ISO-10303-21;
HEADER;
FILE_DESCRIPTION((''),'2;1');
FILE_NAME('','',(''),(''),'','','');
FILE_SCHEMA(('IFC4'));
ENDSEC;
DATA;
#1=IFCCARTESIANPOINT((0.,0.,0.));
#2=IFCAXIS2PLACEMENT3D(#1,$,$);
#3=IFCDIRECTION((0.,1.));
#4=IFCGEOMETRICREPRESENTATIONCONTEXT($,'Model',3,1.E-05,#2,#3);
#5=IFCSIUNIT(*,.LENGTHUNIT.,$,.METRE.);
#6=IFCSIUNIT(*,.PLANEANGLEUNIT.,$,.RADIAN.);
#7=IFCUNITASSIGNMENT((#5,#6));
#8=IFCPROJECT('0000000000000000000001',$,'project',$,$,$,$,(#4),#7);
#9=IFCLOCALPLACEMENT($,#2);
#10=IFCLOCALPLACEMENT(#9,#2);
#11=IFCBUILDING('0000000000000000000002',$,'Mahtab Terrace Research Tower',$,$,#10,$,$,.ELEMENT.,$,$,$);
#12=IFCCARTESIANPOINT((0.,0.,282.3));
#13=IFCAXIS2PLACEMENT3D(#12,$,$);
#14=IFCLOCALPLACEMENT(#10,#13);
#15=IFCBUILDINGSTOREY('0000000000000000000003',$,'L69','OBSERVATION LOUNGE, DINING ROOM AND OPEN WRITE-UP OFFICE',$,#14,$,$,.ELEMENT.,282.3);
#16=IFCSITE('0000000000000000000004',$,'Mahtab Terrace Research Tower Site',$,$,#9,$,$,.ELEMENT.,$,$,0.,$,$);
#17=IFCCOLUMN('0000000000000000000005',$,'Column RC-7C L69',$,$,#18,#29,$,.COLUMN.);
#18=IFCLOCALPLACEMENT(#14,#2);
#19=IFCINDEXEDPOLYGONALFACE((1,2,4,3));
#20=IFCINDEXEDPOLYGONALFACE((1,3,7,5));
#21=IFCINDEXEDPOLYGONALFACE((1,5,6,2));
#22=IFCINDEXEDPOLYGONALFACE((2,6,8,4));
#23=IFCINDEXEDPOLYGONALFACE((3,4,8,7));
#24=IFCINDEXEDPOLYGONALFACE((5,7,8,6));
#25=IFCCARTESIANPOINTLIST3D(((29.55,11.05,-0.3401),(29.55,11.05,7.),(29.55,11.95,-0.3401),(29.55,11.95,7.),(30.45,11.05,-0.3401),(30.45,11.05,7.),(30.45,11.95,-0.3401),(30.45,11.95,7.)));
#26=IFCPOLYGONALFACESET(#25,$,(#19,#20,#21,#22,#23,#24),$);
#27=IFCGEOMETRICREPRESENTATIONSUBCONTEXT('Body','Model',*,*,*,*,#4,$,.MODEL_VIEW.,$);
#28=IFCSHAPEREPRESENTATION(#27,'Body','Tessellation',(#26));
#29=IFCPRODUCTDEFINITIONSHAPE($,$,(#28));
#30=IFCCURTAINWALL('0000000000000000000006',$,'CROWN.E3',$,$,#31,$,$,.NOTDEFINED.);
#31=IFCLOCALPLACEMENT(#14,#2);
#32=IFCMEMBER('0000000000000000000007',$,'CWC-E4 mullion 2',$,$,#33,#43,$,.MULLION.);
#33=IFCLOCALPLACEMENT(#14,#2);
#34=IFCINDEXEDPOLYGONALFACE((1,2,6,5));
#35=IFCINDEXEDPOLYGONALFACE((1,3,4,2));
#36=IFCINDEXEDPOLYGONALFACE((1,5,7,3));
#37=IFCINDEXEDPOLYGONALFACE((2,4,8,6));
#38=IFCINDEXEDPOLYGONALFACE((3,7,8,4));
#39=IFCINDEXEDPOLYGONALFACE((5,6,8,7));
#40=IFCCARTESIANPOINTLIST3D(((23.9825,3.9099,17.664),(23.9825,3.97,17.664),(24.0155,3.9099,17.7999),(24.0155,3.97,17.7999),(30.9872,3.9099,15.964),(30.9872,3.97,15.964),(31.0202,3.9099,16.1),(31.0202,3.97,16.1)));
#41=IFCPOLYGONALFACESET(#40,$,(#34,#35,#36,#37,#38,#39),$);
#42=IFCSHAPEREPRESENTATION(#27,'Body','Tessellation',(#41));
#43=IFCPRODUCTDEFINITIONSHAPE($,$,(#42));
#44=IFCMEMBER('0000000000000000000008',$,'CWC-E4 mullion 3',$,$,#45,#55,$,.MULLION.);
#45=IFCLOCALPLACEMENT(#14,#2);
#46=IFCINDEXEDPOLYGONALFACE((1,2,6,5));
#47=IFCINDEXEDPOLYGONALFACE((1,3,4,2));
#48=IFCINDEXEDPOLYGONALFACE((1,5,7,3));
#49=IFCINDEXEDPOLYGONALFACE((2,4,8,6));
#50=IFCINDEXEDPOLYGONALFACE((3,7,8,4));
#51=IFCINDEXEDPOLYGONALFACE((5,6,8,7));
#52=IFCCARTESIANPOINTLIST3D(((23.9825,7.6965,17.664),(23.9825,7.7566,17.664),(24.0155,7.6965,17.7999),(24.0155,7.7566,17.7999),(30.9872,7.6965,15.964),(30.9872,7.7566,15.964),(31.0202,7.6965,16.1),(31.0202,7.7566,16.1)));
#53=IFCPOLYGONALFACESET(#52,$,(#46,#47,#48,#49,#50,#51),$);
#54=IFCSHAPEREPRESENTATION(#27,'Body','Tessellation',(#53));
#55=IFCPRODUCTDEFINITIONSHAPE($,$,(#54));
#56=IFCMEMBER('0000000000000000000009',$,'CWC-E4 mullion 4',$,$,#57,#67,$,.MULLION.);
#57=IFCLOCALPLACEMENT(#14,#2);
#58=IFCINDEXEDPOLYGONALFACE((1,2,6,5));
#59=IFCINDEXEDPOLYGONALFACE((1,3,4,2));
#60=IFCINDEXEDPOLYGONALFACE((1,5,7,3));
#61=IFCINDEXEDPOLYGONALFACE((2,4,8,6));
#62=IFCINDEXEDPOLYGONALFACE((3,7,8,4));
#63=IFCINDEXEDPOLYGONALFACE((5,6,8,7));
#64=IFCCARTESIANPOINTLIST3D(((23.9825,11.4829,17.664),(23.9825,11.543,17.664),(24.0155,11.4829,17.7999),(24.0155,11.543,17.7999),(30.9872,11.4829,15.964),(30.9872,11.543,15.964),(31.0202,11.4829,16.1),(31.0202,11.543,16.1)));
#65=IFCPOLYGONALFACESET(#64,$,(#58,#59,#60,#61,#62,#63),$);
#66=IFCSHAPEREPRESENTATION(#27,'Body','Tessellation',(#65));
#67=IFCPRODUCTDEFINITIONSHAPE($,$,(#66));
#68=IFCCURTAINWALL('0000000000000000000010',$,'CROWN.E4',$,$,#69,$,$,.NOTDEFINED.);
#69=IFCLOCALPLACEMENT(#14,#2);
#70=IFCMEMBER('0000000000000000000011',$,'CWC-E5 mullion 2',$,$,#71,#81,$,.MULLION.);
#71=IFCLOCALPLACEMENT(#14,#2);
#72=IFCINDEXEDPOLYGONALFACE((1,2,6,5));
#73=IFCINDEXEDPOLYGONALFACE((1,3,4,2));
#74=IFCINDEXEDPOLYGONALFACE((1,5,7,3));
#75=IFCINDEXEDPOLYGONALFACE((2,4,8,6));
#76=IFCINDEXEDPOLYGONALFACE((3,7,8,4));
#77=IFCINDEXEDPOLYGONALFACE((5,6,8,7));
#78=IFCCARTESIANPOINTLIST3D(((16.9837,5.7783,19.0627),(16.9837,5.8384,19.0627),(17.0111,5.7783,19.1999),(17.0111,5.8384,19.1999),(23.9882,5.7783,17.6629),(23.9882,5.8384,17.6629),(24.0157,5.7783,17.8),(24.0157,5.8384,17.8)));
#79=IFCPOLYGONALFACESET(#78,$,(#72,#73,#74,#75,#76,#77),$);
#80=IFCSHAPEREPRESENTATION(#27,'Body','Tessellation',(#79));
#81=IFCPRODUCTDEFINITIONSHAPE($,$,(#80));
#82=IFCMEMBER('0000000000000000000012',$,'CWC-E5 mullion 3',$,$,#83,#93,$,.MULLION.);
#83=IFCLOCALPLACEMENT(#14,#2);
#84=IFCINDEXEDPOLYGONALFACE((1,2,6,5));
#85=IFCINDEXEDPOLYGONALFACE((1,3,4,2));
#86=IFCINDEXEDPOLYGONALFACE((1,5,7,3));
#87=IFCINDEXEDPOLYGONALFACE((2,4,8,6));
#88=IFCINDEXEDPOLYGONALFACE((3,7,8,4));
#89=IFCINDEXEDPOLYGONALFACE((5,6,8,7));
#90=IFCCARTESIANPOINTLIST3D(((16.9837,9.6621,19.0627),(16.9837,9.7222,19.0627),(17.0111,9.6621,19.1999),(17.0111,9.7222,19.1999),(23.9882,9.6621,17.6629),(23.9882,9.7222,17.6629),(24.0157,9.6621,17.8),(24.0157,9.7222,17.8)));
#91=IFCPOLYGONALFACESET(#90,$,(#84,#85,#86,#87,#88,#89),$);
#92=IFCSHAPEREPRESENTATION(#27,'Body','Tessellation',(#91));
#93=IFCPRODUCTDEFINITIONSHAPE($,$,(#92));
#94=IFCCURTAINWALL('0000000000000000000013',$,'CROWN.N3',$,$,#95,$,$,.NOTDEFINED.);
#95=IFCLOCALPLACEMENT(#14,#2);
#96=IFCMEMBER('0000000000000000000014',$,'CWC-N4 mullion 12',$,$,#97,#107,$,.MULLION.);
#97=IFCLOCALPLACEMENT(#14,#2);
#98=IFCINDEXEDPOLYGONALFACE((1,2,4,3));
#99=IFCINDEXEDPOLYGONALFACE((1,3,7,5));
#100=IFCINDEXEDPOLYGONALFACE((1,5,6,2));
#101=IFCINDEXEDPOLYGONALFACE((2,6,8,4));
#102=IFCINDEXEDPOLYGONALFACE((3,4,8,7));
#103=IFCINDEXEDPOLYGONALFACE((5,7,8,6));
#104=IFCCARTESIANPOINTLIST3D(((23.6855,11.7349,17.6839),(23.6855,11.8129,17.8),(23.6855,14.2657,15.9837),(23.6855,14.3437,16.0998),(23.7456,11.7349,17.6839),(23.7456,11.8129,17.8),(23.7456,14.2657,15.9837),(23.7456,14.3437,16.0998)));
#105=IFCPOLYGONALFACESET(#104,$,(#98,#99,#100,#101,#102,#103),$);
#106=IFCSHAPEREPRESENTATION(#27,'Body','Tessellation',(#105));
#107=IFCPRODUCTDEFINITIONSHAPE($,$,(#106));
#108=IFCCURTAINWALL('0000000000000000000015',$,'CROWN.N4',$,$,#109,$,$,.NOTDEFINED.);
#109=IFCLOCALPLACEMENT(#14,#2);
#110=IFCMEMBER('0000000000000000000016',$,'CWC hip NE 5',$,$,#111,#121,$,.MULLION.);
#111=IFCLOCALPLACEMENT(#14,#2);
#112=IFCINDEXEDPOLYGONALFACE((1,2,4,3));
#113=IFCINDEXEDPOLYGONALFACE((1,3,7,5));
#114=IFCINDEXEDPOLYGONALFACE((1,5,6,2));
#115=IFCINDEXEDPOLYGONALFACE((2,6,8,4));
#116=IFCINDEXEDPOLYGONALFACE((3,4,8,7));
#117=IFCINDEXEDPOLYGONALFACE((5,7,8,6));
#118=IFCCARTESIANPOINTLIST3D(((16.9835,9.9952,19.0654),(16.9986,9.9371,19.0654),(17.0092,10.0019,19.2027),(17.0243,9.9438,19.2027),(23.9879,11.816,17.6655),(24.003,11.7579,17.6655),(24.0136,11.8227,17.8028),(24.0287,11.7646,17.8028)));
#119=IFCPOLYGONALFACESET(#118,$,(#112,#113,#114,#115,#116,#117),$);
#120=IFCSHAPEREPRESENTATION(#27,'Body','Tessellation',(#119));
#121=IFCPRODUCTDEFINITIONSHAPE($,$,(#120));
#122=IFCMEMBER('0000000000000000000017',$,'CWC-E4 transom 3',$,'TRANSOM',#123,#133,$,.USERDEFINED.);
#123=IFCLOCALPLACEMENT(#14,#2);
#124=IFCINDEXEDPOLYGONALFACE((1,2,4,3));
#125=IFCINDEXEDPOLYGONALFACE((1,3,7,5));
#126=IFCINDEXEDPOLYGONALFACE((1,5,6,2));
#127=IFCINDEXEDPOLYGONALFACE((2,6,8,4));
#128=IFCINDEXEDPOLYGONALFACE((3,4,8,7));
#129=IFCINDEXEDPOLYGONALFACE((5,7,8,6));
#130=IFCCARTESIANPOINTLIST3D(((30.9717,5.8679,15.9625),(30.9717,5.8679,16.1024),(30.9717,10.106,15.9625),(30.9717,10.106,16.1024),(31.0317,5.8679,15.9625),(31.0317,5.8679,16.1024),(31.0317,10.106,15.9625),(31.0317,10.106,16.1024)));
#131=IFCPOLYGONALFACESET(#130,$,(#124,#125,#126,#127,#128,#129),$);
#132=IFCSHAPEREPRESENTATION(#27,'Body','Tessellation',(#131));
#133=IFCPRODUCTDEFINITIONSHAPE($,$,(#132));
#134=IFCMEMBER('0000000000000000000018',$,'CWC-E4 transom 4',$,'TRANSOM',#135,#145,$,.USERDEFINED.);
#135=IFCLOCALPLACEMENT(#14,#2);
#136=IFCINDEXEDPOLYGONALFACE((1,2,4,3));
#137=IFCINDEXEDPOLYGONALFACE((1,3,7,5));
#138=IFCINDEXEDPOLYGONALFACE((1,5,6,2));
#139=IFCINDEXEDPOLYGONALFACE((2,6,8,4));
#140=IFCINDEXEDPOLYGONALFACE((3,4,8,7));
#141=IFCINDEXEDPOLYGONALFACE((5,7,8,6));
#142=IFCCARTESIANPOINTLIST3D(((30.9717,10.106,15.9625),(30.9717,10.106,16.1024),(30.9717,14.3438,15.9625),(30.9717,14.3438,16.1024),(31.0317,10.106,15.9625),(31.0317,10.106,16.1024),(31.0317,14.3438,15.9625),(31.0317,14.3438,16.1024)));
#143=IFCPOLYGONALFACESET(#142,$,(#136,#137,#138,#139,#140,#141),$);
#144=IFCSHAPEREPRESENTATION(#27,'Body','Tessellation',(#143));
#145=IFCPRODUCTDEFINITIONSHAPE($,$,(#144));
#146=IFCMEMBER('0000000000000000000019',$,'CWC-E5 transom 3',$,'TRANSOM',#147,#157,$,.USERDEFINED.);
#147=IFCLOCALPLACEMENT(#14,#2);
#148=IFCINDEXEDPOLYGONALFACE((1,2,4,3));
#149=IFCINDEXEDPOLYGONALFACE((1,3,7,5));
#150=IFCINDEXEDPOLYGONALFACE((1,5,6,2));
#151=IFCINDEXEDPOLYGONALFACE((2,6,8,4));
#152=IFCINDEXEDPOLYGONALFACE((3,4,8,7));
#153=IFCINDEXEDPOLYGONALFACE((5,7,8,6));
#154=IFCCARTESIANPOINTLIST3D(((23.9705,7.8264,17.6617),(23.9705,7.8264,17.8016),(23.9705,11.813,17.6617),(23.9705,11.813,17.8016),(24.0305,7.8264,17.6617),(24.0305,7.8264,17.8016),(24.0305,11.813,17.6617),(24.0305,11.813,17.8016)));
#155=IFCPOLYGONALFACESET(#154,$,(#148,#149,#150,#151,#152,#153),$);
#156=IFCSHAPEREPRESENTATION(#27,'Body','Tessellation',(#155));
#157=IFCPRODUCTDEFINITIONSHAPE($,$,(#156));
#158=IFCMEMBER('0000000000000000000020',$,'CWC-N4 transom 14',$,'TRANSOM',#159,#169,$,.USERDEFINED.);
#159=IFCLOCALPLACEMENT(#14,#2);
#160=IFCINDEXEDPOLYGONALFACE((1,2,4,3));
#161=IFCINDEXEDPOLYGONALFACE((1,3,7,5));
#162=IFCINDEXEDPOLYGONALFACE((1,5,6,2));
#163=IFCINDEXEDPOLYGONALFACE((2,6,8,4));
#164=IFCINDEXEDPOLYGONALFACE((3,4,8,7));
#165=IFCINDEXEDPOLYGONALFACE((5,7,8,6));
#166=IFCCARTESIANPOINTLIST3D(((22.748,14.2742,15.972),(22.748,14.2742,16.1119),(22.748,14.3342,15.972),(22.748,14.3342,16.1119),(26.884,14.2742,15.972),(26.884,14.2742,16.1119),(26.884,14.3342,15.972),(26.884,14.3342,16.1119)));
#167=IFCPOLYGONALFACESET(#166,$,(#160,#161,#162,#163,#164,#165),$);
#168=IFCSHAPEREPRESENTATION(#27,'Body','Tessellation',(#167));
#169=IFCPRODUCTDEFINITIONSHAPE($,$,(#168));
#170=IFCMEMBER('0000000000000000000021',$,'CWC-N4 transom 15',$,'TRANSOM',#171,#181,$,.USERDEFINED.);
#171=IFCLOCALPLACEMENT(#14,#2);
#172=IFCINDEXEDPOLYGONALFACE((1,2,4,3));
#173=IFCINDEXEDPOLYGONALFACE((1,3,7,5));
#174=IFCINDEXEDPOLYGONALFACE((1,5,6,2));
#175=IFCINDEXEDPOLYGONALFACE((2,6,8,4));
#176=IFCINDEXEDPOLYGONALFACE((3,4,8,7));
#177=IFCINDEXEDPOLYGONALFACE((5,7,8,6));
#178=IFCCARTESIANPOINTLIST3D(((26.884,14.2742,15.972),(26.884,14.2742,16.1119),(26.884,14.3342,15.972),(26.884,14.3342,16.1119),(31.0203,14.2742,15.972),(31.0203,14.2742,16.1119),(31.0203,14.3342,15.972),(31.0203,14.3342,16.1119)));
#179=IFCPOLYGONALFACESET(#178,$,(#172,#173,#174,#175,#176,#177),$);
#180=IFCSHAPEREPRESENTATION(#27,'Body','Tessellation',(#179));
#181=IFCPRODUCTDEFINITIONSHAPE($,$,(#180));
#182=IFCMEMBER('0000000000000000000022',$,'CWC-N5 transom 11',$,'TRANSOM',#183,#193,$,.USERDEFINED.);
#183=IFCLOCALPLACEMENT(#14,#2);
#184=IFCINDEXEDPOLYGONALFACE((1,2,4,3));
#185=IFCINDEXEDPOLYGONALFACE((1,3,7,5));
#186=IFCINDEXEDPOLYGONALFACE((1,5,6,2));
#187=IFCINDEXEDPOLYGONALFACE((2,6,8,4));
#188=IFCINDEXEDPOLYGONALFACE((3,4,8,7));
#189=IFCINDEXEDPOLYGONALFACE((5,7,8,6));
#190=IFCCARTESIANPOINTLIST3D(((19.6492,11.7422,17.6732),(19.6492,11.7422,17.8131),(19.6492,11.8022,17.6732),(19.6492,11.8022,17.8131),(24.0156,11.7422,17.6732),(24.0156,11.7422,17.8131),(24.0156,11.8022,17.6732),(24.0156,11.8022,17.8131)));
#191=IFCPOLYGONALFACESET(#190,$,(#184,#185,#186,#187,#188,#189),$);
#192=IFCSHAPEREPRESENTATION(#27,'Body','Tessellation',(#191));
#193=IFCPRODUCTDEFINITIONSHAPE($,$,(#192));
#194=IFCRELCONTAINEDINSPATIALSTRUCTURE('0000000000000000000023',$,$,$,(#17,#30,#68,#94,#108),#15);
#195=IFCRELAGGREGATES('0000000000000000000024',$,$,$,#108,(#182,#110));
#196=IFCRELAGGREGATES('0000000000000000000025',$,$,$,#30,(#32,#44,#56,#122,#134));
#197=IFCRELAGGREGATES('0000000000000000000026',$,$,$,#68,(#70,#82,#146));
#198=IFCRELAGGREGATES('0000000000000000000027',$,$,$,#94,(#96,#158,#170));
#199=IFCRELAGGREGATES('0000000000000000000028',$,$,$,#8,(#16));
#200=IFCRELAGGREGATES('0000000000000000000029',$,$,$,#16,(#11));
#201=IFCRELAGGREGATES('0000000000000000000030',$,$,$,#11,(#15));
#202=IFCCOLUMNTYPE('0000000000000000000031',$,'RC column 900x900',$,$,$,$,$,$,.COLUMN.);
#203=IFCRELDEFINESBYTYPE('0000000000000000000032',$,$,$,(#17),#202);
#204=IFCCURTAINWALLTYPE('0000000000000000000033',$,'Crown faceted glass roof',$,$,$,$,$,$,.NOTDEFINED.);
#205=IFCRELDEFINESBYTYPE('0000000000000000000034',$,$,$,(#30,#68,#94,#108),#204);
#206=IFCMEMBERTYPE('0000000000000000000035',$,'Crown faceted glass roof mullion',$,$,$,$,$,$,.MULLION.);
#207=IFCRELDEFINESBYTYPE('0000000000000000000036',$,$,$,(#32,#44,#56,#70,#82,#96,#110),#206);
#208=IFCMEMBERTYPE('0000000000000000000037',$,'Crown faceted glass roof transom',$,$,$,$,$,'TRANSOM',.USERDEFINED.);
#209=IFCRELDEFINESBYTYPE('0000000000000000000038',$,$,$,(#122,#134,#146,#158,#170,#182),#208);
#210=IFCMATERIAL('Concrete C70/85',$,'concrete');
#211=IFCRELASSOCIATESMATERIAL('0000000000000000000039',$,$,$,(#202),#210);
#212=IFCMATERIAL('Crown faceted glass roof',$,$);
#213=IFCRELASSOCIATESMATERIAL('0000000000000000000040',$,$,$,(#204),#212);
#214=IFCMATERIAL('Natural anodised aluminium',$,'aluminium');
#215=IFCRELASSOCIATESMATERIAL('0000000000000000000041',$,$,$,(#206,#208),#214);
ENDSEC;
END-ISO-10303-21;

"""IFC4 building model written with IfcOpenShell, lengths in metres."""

from ifc_helpers import new_model, si_unit, direction, frame, origin, origin_2d, place, context, subcontext, project, spatial, rectangle, extrude, material, material_profile, profile_set, type_object, element, aggregate, save


model = new_model("IFC4")

# Units and contexts
model_context = context("Model", 3, precision=1e-05, world=origin(), true_north=direction((0.0, 1.0)))
body_context = subcontext(model_context, "Body", "Model", "MODEL_VIEW")
ifc_project = project(units=[si_unit("LENGTHUNIT", "METRE"), si_unit("PLANEANGLEUNIT", "RADIAN")], contexts=[model_context])

# Site, building, storey
site_placement = place(None, origin())
site = spatial("IfcSite", under=ifc_project, at=site_placement, Name="Mahtab Terrace Research Tower Site", CompositionType="ELEMENT", RefElevation=0.0)
building_placement = place(site_placement, origin())
building = spatial("IfcBuilding", under=site, at=building_placement, Name="Mahtab Terrace Research Tower", CompositionType="ELEMENT")
storey_placement = place(building_placement, frame((0.0, 0.0, 282.3)))
storey = spatial("IfcBuildingStorey", under=building, at=storey_placement, Name="L69", Description="OBSERVATION LOUNGE, DINING ROOM AND OPEN WRITE-UP OFFICE", CompositionType="ELEMENT", Elevation=282.3)

# Column
ifc_material_1 = material(Name="Concrete C70/85", Category="concrete")
ifc_material_profile_1 = material_profile(ifc_material_1, rectangle(XDim=0.8999, YDim=0.8999, at=origin_2d()), Name="RC column 900x900")
ifc_profile_set_1 = profile_set([ifc_material_profile_1], Name="Concrete C70/85")
column_type = type_object("IfcColumnType", Name="RC column 900x900", PredefinedType="COLUMN", material=ifc_profile_set_1)
column_placement = place(storey_placement, frame((30.0, 11.5, -0.3401), z_axis=(0.0, 0.0, 1.0), x_axis=(1.0, 0.0, 0.0)))
element("IfcColumn", 1, at=column_placement, inside=storey, type_object=column_type, Name="Column RC-7C L69", PredefinedType="COLUMN", context=body_context, shape_type="SweptSolid", body=[
    extrude(rectangle(XDim=0.8999, YDim=0.8999, at=origin_2d()), origin(), (0.0, 0.0, 1.0), 7.3401),
])

# Curtain walls, members
ifc_material_2 = material(Name="Crown faceted glass roof")
curtain_wall_type = type_object("IfcCurtainWallType", Name="Crown faceted glass roof", PredefinedType="NOTDEFINED", material=ifc_material_2)
curtain_wall_1_placement = place(storey_placement, origin())
curtain_wall_1 = element("IfcCurtainWall", 2, at=curtain_wall_1_placement, inside=storey, type_object=curtain_wall_type, Name="CROWN.E3", PredefinedType="NOTDEFINED")
ifc_material_3 = material(Name="Natural anodised aluminium", Category="aluminium")
ifc_material_profile_2 = material_profile(ifc_material_3, rectangle(XDim=0.0601, YDim=0.1399, at=origin_2d()), Name="MULLION 60x140")
ifc_profile_set_2 = profile_set([ifc_material_profile_2], Name="Natural anodised aluminium")
member_type_1 = type_object("IfcMemberType", Name="Crown faceted glass roof mullion", PredefinedType="MULLION", material=ifc_profile_set_2)
member_1_placement = place(storey_placement, frame((31.0037, 3.9399, 16.032), z_axis=(-0.971791, 0.0, 0.235843), x_axis=(0.0, -1.0, 0.0)))
member_1 = element("IfcMember", 3, at=member_1_placement, type_object=member_type_1, Name="CWC-E4 mullion 2", PredefinedType="MULLION", context=body_context, shape_type="SweptSolid", body=[
    extrude(rectangle(XDim=0.0601, YDim=0.1399, at=origin_2d()), origin(), (0.0, 0.0, 1.0), 7.208),
])
member_2_placement = place(storey_placement, frame((31.0037, 7.7266, 16.032), z_axis=(-0.971791, 0.0, 0.235843), x_axis=(0.0, -1.0, 0.0)))
member_2 = element("IfcMember", 4, at=member_2_placement, type_object=member_type_1, Name="CWC-E4 mullion 3", PredefinedType="MULLION", context=body_context, shape_type="SweptSolid", body=[
    extrude(rectangle(XDim=0.0601, YDim=0.1399, at=origin_2d()), origin(), (0.0, 0.0, 1.0), 7.208),
])
member_3_placement = place(storey_placement, frame((31.0037, 11.5129, 16.032), z_axis=(-0.971791, 0.0, 0.235843), x_axis=(0.0, -1.0, 0.0)))
member_3 = element("IfcMember", 5, at=member_3_placement, type_object=member_type_1, Name="CWC-E4 mullion 4", PredefinedType="MULLION", context=body_context, shape_type="SweptSolid", body=[
    extrude(rectangle(XDim=0.0601, YDim=0.1399, at=origin_2d()), origin(), (0.0, 0.0, 1.0), 7.208),
])
curtain_wall_2_placement = place(storey_placement, origin())
curtain_wall_2 = element("IfcCurtainWall", 6, at=curtain_wall_2_placement, inside=storey, type_object=curtain_wall_type, Name="CROWN.E4", PredefinedType="NOTDEFINED")
member_4_placement = place(storey_placement, frame((24.002, 5.8083, 17.7314), z_axis=(-0.980608, 0.0, 0.195978), x_axis=(0.0, -1.0, 0.0)))
member_4 = element("IfcMember", 7, at=member_4_placement, type_object=member_type_1, Name="CWC-E5 mullion 2", PredefinedType="MULLION", context=body_context, shape_type="SweptSolid", body=[
    extrude(rectangle(XDim=0.0601, YDim=0.1399, at=origin_2d()), origin(), (0.0, 0.0, 1.0), 7.1431),
])
member_5_placement = place(storey_placement, frame((24.002, 9.6921, 17.7314), z_axis=(-0.980608, 0.0, 0.195978), x_axis=(0.0, -1.0, 0.0)))
member_5 = element("IfcMember", 8, at=member_5_placement, type_object=member_type_1, Name="CWC-E5 mullion 3", PredefinedType="MULLION", context=body_context, shape_type="SweptSolid", body=[
    extrude(rectangle(XDim=0.0601, YDim=0.1399, at=origin_2d()), origin(), (0.0, 0.0, 1.0), 7.1431),
])

# Curtain walls, members
curtain_wall_3_placement = place(storey_placement, origin())
curtain_wall_3 = element("IfcCurtainWall", 9, at=curtain_wall_3_placement, inside=storey, type_object=curtain_wall_type, Name="CROWN.N3", PredefinedType="NOTDEFINED")
member_6_placement = place(storey_placement, frame((23.7156, 14.3047, 16.0417), z_axis=(0.0, -0.830074, 0.557653), x_axis=(1.0, 0.0, 0.0)))
member_6 = element("IfcMember", 10, at=member_6_placement, type_object=member_type_1, Name="CWC-N4 mullion 12", PredefinedType="MULLION", context=body_context, shape_type="SweptSolid", body=[
    extrude(rectangle(XDim=0.0601, YDim=0.1399, at=origin_2d()), origin(), (0.0, 0.0, 1.0), 3.0488),
])
curtain_wall_4_placement = place(storey_placement, origin())
curtain_wall_4 = element("IfcCurtainWall", 11, at=curtain_wall_4_placement, inside=storey, type_object=curtain_wall_type, Name="CROWN.N4", PredefinedType="NOTDEFINED")
member_7_placement = place(storey_placement, frame((24.0083, 11.7903, 17.7341), z_axis=(-0.950221, -0.247011, 0.189912), x_axis=(0.25159, -0.967834, 0.0)))
member_7 = element("IfcMember", 12, at=member_7_placement, type_object=member_type_1, Name="CWC hip NE 5", PredefinedType="MULLION", context=body_context, shape_type="SweptSolid", body=[
    extrude(rectangle(XDim=0.0601, YDim=0.1399, at=origin_2d()), origin(), (0.0, 0.0, 1.0), 7.3713),
])

# Members
ifc_material_profile_3 = material_profile(ifc_material_3, rectangle(XDim=0.0601, YDim=0.1399, at=origin_2d()), Name="TRANSOM 60x140")
ifc_profile_set_3 = profile_set([ifc_material_profile_3], Name="Natural anodised aluminium")
member_type_2 = type_object("IfcMemberType", Name="Crown faceted glass roof transom", ElementType="TRANSOM", PredefinedType="USERDEFINED", material=ifc_profile_set_3)
member_8_placement = place(storey_placement, frame((31.0017, 5.8679, 16.0325), z_axis=(0.0, 1.0, 0.0), x_axis=(-1.0, 0.0, 0.0)))
member_8 = element("IfcMember", 13, at=member_8_placement, type_object=member_type_2, Name="CWC-E4 transom 3", ObjectType="TRANSOM", PredefinedType="USERDEFINED", context=body_context, shape_type="SweptSolid", body=[
    extrude(rectangle(XDim=0.0601, YDim=0.1399, at=origin_2d()), origin(), (0.0, 0.0, 1.0), 4.238),
])
member_9_placement = place(storey_placement, frame((31.0017, 10.106, 16.0325), z_axis=(0.0, 1.0, 0.0), x_axis=(-1.0, 0.0, 0.0)))
member_9 = element("IfcMember", 14, at=member_9_placement, type_object=member_type_2, Name="CWC-E4 transom 4", ObjectType="TRANSOM", PredefinedType="USERDEFINED", context=body_context, shape_type="SweptSolid", body=[
    extrude(rectangle(XDim=0.0601, YDim=0.1399, at=origin_2d()), origin(), (0.0, 0.0, 1.0), 4.2378),
])
member_10_placement = place(storey_placement, frame((24.0005, 7.8264, 17.7317), z_axis=(0.0, 1.0, 0.0), x_axis=(-1.0, 0.0, 0.0)))
member_10 = element("IfcMember", 15, at=member_10_placement, type_object=member_type_2, Name="CWC-E5 transom 3", ObjectType="TRANSOM", PredefinedType="USERDEFINED", context=body_context, shape_type="SweptSolid", body=[
    extrude(rectangle(XDim=0.0601, YDim=0.1399, at=origin_2d()), origin(), (0.0, 0.0, 1.0), 3.9866),
])
member_11_placement = place(storey_placement, frame((22.748, 14.3042, 16.042), z_axis=(1.0, 0.0, 0.0), x_axis=(0.0, 1.0, 0.0)))
member_11 = element("IfcMember", 16, at=member_11_placement, type_object=member_type_2, Name="CWC-N4 transom 14", ObjectType="TRANSOM", PredefinedType="USERDEFINED", context=body_context, shape_type="SweptSolid", body=[
    extrude(rectangle(XDim=0.0601, YDim=0.1399, at=origin_2d()), origin(), (0.0, 0.0, 1.0), 4.136),
])
member_12_placement = place(storey_placement, frame((26.884, 14.3042, 16.042), z_axis=(1.0, 0.0, 0.0), x_axis=(0.0, 1.0, 0.0)))
member_12 = element("IfcMember", 17, at=member_12_placement, type_object=member_type_2, Name="CWC-N4 transom 15", ObjectType="TRANSOM", PredefinedType="USERDEFINED", context=body_context, shape_type="SweptSolid", body=[
    extrude(rectangle(XDim=0.0601, YDim=0.1399, at=origin_2d()), origin(), (0.0, 0.0, 1.0), 4.1362),
])
member_13_placement = place(storey_placement, frame((19.6492, 11.7722, 17.7432), z_axis=(1.0, 0.0, 0.0), x_axis=(0.0, 1.0, 0.0)))
member_13 = element("IfcMember", 18, at=member_13_placement, type_object=member_type_2, Name="CWC-N5 transom 11", ObjectType="TRANSOM", PredefinedType="USERDEFINED", context=body_context, shape_type="SweptSolid", body=[
    extrude(rectangle(XDim=0.0601, YDim=0.1399, at=origin_2d()), origin(), (0.0, 0.0, 1.0), 4.3665),
])
aggregate(curtain_wall_4, [member_13, member_7])

aggregate(curtain_wall_1, [member_1, member_2, member_3, member_8, member_9])
aggregate(curtain_wall_2, [member_4, member_5, member_10])
aggregate(curtain_wall_3, [member_6, member_11, member_12])

save(model, "model.ifc")
